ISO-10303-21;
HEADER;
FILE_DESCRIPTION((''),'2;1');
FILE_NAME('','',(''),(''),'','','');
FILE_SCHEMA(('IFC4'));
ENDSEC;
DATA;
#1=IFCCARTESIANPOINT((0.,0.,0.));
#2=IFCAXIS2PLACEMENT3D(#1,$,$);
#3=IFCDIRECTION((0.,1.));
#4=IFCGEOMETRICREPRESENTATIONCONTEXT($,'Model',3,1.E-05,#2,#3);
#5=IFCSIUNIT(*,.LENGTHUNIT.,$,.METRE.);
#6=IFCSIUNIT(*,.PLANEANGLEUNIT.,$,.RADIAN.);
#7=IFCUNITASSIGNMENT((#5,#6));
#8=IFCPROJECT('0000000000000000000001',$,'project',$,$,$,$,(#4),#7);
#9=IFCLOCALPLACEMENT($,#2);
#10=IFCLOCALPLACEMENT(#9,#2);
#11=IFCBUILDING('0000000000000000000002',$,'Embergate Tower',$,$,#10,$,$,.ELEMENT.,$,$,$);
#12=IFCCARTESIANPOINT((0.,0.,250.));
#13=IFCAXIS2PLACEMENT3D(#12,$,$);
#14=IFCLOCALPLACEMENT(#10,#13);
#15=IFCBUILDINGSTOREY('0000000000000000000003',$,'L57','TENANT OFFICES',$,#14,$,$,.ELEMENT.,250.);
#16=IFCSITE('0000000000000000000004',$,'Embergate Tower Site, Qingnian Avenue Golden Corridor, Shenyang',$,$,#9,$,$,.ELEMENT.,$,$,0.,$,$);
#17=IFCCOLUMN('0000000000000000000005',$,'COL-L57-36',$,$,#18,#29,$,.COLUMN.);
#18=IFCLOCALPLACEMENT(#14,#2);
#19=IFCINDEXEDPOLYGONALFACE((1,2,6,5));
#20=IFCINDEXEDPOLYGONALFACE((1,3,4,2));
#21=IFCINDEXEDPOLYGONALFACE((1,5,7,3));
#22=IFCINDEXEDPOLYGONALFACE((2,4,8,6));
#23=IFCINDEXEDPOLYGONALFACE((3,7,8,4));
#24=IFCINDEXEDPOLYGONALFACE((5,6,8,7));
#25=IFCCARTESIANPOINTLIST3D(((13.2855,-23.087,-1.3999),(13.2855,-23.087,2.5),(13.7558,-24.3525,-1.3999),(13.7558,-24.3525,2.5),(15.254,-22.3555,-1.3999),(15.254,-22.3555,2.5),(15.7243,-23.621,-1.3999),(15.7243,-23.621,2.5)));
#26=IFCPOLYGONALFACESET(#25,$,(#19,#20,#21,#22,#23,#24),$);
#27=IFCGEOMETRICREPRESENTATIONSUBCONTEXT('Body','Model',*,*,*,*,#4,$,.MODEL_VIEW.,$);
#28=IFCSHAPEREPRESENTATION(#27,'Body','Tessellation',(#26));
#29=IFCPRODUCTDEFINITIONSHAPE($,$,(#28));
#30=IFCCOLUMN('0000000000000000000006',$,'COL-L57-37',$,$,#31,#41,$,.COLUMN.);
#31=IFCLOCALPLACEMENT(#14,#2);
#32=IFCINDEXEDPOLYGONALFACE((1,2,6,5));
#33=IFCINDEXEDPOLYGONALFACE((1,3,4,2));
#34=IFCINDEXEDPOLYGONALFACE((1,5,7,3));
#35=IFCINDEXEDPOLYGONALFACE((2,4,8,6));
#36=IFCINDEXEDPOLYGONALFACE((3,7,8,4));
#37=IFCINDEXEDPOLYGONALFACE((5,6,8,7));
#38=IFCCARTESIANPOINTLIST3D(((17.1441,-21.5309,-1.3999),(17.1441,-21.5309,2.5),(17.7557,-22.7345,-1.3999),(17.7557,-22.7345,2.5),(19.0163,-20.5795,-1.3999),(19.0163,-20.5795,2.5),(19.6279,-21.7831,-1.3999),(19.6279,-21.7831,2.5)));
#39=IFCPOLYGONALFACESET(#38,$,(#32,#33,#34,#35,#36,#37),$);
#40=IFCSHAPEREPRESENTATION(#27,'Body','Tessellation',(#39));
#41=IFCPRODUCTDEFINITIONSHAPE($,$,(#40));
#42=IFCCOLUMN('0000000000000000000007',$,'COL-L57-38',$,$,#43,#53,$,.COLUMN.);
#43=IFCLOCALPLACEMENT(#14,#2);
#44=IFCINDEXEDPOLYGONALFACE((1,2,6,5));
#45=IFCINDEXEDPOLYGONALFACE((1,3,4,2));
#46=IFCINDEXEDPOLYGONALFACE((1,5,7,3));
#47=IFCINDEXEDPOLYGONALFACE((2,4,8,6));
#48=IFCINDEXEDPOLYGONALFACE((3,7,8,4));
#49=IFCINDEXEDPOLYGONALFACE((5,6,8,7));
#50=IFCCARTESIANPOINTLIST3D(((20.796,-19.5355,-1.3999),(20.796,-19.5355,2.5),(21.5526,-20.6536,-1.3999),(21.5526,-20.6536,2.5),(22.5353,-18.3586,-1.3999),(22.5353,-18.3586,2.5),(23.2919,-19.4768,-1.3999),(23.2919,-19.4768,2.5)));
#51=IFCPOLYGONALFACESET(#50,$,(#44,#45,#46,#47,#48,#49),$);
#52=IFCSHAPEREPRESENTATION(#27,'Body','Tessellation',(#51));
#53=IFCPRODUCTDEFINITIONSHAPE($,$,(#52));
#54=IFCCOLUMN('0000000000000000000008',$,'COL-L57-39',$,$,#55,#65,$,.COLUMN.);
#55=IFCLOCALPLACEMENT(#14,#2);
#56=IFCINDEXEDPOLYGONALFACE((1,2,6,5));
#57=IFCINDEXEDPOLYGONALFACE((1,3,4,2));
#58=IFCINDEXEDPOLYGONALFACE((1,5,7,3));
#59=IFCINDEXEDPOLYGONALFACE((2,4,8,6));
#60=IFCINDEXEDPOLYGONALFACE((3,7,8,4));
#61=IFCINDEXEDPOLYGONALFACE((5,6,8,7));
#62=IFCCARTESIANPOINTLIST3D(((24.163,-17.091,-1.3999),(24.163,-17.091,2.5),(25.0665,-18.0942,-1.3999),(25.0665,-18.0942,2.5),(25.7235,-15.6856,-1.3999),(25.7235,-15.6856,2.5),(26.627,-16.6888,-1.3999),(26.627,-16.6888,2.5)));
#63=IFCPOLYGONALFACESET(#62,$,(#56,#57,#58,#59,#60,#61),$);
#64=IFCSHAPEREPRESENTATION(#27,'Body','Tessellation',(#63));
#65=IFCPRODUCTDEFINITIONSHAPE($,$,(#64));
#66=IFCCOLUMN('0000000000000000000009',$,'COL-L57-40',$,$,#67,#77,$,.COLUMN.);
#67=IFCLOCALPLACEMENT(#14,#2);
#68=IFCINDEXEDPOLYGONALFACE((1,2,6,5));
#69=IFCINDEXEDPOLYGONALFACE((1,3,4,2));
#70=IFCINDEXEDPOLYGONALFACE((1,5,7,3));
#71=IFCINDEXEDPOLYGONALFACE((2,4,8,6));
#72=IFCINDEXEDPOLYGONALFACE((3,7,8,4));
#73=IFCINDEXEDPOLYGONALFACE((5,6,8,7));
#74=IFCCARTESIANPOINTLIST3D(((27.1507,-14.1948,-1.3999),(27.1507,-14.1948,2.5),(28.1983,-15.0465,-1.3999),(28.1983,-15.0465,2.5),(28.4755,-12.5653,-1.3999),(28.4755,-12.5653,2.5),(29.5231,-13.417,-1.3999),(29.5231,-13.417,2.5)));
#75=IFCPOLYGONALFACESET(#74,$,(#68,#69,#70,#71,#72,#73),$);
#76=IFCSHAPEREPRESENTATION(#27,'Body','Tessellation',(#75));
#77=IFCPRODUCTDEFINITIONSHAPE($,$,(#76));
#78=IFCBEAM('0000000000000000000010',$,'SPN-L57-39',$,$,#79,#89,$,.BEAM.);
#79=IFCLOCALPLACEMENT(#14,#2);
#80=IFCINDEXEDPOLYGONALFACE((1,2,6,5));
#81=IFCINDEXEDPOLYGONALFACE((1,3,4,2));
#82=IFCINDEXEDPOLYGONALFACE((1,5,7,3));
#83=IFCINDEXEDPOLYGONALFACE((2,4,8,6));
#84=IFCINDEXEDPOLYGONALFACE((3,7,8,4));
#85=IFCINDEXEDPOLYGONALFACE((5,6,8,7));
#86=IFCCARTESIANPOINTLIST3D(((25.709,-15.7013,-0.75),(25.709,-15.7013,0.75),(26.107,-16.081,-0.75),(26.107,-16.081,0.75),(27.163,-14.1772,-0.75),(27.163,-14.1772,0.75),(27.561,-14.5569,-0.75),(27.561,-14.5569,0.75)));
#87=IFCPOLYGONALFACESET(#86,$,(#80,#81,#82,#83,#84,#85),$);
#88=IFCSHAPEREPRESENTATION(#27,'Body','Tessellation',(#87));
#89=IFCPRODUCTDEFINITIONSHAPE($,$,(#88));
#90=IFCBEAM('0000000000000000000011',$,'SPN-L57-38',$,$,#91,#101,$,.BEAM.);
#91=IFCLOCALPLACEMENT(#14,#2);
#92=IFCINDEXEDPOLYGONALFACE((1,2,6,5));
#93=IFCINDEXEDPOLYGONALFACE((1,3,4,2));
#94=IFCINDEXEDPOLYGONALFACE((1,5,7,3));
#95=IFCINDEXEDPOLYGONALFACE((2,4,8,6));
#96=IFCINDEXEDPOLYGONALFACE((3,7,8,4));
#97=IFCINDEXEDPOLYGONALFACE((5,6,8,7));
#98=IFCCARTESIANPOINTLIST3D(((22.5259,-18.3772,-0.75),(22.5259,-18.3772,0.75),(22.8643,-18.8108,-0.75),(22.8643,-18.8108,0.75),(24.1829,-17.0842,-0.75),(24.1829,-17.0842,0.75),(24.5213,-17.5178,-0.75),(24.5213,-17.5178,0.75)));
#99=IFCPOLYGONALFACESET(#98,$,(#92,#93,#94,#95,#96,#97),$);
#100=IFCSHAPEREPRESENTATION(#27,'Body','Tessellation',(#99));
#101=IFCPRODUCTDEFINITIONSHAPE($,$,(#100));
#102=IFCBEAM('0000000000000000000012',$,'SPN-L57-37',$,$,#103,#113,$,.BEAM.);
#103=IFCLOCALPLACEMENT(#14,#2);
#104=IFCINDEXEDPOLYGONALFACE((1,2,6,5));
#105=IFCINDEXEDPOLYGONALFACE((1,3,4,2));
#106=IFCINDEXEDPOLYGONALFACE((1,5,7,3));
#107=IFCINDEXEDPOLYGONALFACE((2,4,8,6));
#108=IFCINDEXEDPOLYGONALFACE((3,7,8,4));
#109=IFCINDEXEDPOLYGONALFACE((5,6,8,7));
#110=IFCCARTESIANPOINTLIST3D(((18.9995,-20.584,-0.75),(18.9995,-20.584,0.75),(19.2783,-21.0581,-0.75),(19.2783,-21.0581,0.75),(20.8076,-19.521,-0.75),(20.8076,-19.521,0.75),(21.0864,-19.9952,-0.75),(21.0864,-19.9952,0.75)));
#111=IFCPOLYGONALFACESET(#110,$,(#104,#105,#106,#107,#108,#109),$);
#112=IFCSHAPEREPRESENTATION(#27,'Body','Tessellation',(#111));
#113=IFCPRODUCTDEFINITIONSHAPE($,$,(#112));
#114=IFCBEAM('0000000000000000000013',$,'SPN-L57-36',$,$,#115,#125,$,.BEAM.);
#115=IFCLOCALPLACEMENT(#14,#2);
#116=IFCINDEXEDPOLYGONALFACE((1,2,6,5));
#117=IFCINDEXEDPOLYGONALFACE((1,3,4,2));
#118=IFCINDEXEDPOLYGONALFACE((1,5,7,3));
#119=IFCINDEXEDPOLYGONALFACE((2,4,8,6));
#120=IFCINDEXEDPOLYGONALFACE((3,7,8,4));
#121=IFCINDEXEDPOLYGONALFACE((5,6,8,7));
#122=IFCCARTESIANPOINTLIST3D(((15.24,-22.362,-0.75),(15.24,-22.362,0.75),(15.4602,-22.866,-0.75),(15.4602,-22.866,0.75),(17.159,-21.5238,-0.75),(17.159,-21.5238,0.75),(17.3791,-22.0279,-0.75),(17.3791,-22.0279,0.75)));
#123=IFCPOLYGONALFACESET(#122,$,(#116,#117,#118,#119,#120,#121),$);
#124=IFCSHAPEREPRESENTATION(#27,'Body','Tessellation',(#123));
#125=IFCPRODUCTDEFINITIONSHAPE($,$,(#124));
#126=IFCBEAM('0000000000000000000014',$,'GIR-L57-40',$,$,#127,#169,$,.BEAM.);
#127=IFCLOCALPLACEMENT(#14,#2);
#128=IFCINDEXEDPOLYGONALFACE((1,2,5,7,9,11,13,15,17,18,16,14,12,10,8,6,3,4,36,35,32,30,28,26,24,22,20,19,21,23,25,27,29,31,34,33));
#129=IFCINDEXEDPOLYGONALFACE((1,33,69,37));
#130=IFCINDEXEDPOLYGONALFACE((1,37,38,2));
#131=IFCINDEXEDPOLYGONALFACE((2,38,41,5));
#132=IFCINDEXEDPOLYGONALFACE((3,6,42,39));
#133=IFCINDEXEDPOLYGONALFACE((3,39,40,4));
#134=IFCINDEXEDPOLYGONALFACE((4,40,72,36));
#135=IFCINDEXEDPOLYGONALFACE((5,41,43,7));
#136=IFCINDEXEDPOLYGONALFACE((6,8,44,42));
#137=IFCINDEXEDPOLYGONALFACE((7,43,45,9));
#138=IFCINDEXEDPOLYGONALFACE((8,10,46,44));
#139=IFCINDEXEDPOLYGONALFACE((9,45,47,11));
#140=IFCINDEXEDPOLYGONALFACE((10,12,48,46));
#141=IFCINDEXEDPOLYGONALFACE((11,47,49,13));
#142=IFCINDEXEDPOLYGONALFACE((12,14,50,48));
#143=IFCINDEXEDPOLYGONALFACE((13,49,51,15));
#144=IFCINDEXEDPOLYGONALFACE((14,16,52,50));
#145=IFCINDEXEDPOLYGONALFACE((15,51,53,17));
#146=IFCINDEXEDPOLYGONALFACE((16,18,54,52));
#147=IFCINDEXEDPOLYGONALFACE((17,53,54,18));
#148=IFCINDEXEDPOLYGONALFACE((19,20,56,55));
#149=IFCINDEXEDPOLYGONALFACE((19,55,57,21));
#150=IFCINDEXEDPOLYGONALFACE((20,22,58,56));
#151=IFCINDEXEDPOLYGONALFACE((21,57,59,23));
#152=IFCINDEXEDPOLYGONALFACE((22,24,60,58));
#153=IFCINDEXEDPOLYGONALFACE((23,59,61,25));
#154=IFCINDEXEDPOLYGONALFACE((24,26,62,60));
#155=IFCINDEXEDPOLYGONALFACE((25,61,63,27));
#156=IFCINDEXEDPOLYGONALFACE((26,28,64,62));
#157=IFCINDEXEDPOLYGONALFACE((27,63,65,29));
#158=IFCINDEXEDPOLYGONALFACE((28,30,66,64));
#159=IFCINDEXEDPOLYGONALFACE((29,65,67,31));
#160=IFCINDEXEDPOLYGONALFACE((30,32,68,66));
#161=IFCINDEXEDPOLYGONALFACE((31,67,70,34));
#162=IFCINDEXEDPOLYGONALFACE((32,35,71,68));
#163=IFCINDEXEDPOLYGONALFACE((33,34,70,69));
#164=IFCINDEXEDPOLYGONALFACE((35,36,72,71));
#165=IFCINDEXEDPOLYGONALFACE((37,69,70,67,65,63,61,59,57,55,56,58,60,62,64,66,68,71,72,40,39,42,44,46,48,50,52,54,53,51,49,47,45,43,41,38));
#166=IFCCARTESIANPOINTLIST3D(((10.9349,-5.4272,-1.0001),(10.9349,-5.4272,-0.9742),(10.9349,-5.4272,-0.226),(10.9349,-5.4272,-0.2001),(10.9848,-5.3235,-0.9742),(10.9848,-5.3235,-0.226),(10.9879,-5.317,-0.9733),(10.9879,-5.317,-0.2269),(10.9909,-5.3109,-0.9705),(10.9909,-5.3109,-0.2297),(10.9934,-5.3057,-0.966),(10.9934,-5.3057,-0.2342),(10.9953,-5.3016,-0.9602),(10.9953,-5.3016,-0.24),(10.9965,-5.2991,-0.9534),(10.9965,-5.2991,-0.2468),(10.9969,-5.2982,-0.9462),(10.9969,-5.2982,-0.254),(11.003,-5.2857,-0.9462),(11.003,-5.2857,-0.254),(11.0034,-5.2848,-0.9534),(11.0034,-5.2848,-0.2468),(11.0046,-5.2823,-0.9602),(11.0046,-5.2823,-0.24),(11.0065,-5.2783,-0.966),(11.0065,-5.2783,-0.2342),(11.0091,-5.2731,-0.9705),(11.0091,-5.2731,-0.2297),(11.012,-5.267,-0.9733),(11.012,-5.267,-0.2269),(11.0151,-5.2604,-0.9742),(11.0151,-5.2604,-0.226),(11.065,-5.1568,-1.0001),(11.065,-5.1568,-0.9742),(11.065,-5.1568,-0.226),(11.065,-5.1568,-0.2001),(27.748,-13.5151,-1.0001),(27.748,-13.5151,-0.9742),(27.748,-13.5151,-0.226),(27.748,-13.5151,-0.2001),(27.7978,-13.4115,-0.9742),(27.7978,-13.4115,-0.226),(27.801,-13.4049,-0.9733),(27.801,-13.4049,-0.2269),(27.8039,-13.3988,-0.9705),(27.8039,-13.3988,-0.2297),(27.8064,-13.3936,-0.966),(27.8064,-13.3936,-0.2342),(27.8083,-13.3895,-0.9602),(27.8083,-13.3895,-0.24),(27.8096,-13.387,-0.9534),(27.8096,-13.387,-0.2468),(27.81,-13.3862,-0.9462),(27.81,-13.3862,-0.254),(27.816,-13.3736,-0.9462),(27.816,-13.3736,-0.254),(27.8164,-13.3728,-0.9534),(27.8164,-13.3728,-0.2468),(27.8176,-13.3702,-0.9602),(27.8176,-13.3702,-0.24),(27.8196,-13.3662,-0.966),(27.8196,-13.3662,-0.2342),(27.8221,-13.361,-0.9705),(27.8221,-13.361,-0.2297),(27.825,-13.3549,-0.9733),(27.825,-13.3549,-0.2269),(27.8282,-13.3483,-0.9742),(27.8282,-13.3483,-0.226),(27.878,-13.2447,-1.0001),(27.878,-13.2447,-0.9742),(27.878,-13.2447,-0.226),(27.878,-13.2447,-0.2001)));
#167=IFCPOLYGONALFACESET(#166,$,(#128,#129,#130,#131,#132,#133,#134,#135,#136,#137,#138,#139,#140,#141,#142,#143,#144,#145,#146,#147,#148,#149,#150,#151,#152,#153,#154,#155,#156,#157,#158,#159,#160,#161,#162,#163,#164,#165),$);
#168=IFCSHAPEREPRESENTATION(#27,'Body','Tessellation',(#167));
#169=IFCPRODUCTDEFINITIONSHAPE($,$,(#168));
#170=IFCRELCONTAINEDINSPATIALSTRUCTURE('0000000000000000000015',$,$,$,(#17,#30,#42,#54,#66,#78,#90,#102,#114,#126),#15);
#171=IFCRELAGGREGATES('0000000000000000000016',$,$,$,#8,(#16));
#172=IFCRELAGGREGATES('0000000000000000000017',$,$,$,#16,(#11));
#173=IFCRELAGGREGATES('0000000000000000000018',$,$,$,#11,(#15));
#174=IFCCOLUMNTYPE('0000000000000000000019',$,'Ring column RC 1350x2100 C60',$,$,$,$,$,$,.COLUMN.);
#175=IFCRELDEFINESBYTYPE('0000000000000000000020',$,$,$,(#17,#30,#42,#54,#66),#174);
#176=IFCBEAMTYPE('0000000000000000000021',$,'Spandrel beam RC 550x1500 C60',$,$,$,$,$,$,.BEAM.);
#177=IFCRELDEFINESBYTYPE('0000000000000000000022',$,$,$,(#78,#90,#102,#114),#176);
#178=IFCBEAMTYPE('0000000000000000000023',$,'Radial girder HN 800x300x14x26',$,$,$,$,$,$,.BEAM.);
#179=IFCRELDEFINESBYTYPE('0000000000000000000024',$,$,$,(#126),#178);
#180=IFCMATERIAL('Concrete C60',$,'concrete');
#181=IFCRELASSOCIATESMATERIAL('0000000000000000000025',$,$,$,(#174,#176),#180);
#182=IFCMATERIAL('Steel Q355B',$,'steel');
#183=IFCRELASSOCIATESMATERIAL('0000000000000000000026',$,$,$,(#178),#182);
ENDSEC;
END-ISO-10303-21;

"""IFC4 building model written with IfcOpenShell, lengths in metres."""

from ifc_helpers import new_model, si_unit, direction, frame, origin, origin_2d, place, context, subcontext, project, spatial, rectangle, i_section, extrude, source, transform, mapped, material, material_profile, profile_set, type_object, element, save


model = new_model("IFC4")

# Units and contexts
model_context = context("Model", 3, precision=1e-05, world=origin(), true_north=direction((0.0, 1.0)))
body_context = subcontext(model_context, "Body", "Model", "MODEL_VIEW")
ifc_project = project(units=[si_unit("LENGTHUNIT", "METRE"), si_unit("PLANEANGLEUNIT", "RADIAN")], contexts=[model_context])

# Site, building, storey
site_placement = place(None, origin())
site = spatial("IfcSite", under=ifc_project, at=site_placement, Name="Embergate Tower Site, Qingnian Avenue Golden Corridor, Shenyang", CompositionType="ELEMENT", RefElevation=0.0)
building_placement = place(site_placement, origin())
building = spatial("IfcBuilding", under=site, at=building_placement, Name="Embergate Tower", CompositionType="ELEMENT")
storey_placement = place(building_placement, frame((0.0, 0.0, 250.0)))
storey = spatial("IfcBuildingStorey", under=building, at=storey_placement, Name="L57", Description="TENANT OFFICES", CompositionType="ELEMENT", Elevation=250.0)

# Columns
ifc_material_1 = material(Name="Concrete C60", Category="concrete")
ifc_material_profile_1 = material_profile(ifc_material_1, rectangle(XDim=1.3501, YDim=2.1001, at=origin_2d()), Name="RC 1350x2100")
ifc_profile_set_1 = profile_set([ifc_material_profile_1], Name="Concrete C60")
column_type = type_object("IfcColumnType", Name="Ring column RC 1350x2100 C60", PredefinedType="COLUMN", material=ifc_profile_set_1)
shared_shape_1 = source(origin(), body_context, "Body", "SweptSolid", [
    extrude(rectangle(XDim=1.3501, YDim=2.1001, at=origin_2d()), origin(), (0.0, 0.0, 1.0), 3.8999),
])
for number, where, z_axis, x_axis, name in (
    (1, (14.5049, -23.354, -1.3999), (0.0, 0.0, 1.0), (0.348343, -0.937367, 0.0), "COL-L57-36"),
    (2, (18.386, -21.657, -1.3999), (0.0, 0.0, 1.0), (0.453011, -0.891505, 0.0), "COL-L57-37"),
    (3, (22.0439, -19.5061, -1.3999), (0.0, 0.0, 1.0), (0.560393, -0.828227, 0.0), "COL-L57-38"),
    (4, (25.395, -16.8899, -1.3999), (0.0, 0.0, 1.0), (0.669208, -0.743075, 0.0), "COL-L57-39"),
    (5, (28.3369, -13.8059, -1.3999), (0.0, 0.0, 1.0), (0.775925, -0.630825, 0.0), "COL-L57-40"),
):
    element("IfcColumn", number, at=place(storey_placement, frame(where, z_axis=z_axis, x_axis=x_axis)), inside=storey, type_object=column_type, Name=name, PredefinedType="COLUMN", context=body_context, shape_type="MappedRepresentation", body=[
        mapped(shared_shape_1, transform((0.0, 0.0, 0.0))),
    ])

# Beams
ifc_material_profile_2 = material_profile(ifc_material_1, rectangle(XDim=0.55, YDim=1.5, at=origin_2d()), Name="RC 550x1500")
ifc_profile_set_2 = profile_set([ifc_material_profile_2], Name="Concrete C60")
beam_type_1 = type_object("IfcBeamType", Name="Spandrel beam RC 550x1500 C60", PredefinedType="BEAM", material=ifc_profile_set_2)
shared_shape_2 = source(origin(), body_context, "Body", "SweptSolid", [
    extrude(rectangle(XDim=0.55, YDim=1.5, at=origin_2d()), origin(), (0.0, 0.0, 1.0), 2.1064),
])
beam_1_placement = place(storey_placement, frame((25.908, -15.8911, 0.0), z_axis=(0.69028, 0.723542, 0.0), x_axis=(-0.723542, 0.69028, 0.0)))
element("IfcBeam", 6, at=beam_1_placement, inside=storey, type_object=beam_type_1, Name="SPN-L57-39", PredefinedType="BEAM", context=body_context, shape_type="MappedRepresentation", body=[
    mapped(shared_shape_2, transform((0.0, 0.0, 0.0))),
])
shared_shape_3 = source(origin(), body_context, "Body", "SweptSolid", [
    extrude(rectangle(XDim=0.55, YDim=1.5, at=origin_2d()), origin(), (0.0, 0.0, 1.0), 2.1018),
])
beam_2_placement = place(storey_placement, frame((22.6951, -18.594, 0.0), z_axis=(0.788382, 0.615186, 0.0), x_axis=(-0.615186, 0.788382, 0.0)))
element("IfcBeam", 7, at=beam_2_placement, inside=storey, type_object=beam_type_1, Name="SPN-L57-38", PredefinedType="BEAM", context=body_context, shape_type="MappedRepresentation", body=[
    mapped(shared_shape_3, transform((0.0, 0.0, 0.0))),
])
shared_shape_4 = source(origin(), body_context, "Body", "SweptSolid", [
    extrude(rectangle(XDim=0.55, YDim=1.5, at=origin_2d()), origin(), (0.0, 0.0, 1.0), 2.0974),
])
beam_3_placement = place(storey_placement, frame((19.1389, -20.821, 0.0), z_axis=(0.86206, 0.506806, 0.0), x_axis=(-0.506806, 0.86206, 0.0)))
element("IfcBeam", 8, at=beam_3_placement, inside=storey, type_object=beam_type_1, Name="SPN-L57-37", PredefinedType="BEAM", context=body_context, shape_type="MappedRepresentation", body=[
    mapped(shared_shape_4, transform((0.0, 0.0, 0.0))),
])
shared_shape_5 = source(origin(), body_context, "Body", "SweptSolid", [
    extrude(rectangle(XDim=0.55, YDim=1.5, at=origin_2d()), origin(), (0.0, 0.0, 1.0), 2.094),
])
beam_4_placement = place(storey_placement, frame((15.3501, -22.614, 0.0), z_axis=(0.916403, 0.400256, 0.0), x_axis=(-0.400256, 0.916403, 0.0)))
element("IfcBeam", 9, at=beam_4_placement, inside=storey, type_object=beam_type_1, Name="SPN-L57-36", PredefinedType="BEAM", context=body_context, shape_type="MappedRepresentation", body=[
    mapped(shared_shape_5, transform((0.0, 0.0, 0.0))),
])
ifc_material_2 = material(Name="Steel Q355B", Category="steel")
ifc_material_profile_3 = material_profile(ifc_material_2, i_section(OverallWidth=0.3, OverallDepth=0.8, WebThickness=0.0139, FlangeThickness=0.0259, FilletRadius=0.0281, at=origin_2d()), Name="HN 800x300x14x26")
ifc_profile_set_3 = profile_set([ifc_material_profile_3], Name="Steel Q355 grade B")
beam_type_2 = type_object("IfcBeamType", Name="Radial girder HN 800x300x14x26", PredefinedType="BEAM", material=ifc_profile_set_3)
shared_shape_6 = source(origin(), body_context, "Body", "SweptSolid", [
    extrude(i_section(OverallWidth=0.3, OverallDepth=0.8, WebThickness=0.0139, FlangeThickness=0.0259, FilletRadius=0.0281, at=origin_2d()), origin(), (0.0, 0.0, 1.0), 18.6572),
])
beam_5_placement = place(storey_placement, frame((27.813, -13.3799, -0.6001), z_axis=(-0.901154, 0.4335, 0.0), x_axis=(-0.4335, -0.901154, 0.0)))
element("IfcBeam", 10, at=beam_5_placement, inside=storey, type_object=beam_type_2, Name="GIR-L57-40", PredefinedType="BEAM", context=body_context, shape_type="MappedRepresentation", body=[
    mapped(shared_shape_6, transform((0.0, 0.0, 0.0))),
])

save(model, "model.ifc")
